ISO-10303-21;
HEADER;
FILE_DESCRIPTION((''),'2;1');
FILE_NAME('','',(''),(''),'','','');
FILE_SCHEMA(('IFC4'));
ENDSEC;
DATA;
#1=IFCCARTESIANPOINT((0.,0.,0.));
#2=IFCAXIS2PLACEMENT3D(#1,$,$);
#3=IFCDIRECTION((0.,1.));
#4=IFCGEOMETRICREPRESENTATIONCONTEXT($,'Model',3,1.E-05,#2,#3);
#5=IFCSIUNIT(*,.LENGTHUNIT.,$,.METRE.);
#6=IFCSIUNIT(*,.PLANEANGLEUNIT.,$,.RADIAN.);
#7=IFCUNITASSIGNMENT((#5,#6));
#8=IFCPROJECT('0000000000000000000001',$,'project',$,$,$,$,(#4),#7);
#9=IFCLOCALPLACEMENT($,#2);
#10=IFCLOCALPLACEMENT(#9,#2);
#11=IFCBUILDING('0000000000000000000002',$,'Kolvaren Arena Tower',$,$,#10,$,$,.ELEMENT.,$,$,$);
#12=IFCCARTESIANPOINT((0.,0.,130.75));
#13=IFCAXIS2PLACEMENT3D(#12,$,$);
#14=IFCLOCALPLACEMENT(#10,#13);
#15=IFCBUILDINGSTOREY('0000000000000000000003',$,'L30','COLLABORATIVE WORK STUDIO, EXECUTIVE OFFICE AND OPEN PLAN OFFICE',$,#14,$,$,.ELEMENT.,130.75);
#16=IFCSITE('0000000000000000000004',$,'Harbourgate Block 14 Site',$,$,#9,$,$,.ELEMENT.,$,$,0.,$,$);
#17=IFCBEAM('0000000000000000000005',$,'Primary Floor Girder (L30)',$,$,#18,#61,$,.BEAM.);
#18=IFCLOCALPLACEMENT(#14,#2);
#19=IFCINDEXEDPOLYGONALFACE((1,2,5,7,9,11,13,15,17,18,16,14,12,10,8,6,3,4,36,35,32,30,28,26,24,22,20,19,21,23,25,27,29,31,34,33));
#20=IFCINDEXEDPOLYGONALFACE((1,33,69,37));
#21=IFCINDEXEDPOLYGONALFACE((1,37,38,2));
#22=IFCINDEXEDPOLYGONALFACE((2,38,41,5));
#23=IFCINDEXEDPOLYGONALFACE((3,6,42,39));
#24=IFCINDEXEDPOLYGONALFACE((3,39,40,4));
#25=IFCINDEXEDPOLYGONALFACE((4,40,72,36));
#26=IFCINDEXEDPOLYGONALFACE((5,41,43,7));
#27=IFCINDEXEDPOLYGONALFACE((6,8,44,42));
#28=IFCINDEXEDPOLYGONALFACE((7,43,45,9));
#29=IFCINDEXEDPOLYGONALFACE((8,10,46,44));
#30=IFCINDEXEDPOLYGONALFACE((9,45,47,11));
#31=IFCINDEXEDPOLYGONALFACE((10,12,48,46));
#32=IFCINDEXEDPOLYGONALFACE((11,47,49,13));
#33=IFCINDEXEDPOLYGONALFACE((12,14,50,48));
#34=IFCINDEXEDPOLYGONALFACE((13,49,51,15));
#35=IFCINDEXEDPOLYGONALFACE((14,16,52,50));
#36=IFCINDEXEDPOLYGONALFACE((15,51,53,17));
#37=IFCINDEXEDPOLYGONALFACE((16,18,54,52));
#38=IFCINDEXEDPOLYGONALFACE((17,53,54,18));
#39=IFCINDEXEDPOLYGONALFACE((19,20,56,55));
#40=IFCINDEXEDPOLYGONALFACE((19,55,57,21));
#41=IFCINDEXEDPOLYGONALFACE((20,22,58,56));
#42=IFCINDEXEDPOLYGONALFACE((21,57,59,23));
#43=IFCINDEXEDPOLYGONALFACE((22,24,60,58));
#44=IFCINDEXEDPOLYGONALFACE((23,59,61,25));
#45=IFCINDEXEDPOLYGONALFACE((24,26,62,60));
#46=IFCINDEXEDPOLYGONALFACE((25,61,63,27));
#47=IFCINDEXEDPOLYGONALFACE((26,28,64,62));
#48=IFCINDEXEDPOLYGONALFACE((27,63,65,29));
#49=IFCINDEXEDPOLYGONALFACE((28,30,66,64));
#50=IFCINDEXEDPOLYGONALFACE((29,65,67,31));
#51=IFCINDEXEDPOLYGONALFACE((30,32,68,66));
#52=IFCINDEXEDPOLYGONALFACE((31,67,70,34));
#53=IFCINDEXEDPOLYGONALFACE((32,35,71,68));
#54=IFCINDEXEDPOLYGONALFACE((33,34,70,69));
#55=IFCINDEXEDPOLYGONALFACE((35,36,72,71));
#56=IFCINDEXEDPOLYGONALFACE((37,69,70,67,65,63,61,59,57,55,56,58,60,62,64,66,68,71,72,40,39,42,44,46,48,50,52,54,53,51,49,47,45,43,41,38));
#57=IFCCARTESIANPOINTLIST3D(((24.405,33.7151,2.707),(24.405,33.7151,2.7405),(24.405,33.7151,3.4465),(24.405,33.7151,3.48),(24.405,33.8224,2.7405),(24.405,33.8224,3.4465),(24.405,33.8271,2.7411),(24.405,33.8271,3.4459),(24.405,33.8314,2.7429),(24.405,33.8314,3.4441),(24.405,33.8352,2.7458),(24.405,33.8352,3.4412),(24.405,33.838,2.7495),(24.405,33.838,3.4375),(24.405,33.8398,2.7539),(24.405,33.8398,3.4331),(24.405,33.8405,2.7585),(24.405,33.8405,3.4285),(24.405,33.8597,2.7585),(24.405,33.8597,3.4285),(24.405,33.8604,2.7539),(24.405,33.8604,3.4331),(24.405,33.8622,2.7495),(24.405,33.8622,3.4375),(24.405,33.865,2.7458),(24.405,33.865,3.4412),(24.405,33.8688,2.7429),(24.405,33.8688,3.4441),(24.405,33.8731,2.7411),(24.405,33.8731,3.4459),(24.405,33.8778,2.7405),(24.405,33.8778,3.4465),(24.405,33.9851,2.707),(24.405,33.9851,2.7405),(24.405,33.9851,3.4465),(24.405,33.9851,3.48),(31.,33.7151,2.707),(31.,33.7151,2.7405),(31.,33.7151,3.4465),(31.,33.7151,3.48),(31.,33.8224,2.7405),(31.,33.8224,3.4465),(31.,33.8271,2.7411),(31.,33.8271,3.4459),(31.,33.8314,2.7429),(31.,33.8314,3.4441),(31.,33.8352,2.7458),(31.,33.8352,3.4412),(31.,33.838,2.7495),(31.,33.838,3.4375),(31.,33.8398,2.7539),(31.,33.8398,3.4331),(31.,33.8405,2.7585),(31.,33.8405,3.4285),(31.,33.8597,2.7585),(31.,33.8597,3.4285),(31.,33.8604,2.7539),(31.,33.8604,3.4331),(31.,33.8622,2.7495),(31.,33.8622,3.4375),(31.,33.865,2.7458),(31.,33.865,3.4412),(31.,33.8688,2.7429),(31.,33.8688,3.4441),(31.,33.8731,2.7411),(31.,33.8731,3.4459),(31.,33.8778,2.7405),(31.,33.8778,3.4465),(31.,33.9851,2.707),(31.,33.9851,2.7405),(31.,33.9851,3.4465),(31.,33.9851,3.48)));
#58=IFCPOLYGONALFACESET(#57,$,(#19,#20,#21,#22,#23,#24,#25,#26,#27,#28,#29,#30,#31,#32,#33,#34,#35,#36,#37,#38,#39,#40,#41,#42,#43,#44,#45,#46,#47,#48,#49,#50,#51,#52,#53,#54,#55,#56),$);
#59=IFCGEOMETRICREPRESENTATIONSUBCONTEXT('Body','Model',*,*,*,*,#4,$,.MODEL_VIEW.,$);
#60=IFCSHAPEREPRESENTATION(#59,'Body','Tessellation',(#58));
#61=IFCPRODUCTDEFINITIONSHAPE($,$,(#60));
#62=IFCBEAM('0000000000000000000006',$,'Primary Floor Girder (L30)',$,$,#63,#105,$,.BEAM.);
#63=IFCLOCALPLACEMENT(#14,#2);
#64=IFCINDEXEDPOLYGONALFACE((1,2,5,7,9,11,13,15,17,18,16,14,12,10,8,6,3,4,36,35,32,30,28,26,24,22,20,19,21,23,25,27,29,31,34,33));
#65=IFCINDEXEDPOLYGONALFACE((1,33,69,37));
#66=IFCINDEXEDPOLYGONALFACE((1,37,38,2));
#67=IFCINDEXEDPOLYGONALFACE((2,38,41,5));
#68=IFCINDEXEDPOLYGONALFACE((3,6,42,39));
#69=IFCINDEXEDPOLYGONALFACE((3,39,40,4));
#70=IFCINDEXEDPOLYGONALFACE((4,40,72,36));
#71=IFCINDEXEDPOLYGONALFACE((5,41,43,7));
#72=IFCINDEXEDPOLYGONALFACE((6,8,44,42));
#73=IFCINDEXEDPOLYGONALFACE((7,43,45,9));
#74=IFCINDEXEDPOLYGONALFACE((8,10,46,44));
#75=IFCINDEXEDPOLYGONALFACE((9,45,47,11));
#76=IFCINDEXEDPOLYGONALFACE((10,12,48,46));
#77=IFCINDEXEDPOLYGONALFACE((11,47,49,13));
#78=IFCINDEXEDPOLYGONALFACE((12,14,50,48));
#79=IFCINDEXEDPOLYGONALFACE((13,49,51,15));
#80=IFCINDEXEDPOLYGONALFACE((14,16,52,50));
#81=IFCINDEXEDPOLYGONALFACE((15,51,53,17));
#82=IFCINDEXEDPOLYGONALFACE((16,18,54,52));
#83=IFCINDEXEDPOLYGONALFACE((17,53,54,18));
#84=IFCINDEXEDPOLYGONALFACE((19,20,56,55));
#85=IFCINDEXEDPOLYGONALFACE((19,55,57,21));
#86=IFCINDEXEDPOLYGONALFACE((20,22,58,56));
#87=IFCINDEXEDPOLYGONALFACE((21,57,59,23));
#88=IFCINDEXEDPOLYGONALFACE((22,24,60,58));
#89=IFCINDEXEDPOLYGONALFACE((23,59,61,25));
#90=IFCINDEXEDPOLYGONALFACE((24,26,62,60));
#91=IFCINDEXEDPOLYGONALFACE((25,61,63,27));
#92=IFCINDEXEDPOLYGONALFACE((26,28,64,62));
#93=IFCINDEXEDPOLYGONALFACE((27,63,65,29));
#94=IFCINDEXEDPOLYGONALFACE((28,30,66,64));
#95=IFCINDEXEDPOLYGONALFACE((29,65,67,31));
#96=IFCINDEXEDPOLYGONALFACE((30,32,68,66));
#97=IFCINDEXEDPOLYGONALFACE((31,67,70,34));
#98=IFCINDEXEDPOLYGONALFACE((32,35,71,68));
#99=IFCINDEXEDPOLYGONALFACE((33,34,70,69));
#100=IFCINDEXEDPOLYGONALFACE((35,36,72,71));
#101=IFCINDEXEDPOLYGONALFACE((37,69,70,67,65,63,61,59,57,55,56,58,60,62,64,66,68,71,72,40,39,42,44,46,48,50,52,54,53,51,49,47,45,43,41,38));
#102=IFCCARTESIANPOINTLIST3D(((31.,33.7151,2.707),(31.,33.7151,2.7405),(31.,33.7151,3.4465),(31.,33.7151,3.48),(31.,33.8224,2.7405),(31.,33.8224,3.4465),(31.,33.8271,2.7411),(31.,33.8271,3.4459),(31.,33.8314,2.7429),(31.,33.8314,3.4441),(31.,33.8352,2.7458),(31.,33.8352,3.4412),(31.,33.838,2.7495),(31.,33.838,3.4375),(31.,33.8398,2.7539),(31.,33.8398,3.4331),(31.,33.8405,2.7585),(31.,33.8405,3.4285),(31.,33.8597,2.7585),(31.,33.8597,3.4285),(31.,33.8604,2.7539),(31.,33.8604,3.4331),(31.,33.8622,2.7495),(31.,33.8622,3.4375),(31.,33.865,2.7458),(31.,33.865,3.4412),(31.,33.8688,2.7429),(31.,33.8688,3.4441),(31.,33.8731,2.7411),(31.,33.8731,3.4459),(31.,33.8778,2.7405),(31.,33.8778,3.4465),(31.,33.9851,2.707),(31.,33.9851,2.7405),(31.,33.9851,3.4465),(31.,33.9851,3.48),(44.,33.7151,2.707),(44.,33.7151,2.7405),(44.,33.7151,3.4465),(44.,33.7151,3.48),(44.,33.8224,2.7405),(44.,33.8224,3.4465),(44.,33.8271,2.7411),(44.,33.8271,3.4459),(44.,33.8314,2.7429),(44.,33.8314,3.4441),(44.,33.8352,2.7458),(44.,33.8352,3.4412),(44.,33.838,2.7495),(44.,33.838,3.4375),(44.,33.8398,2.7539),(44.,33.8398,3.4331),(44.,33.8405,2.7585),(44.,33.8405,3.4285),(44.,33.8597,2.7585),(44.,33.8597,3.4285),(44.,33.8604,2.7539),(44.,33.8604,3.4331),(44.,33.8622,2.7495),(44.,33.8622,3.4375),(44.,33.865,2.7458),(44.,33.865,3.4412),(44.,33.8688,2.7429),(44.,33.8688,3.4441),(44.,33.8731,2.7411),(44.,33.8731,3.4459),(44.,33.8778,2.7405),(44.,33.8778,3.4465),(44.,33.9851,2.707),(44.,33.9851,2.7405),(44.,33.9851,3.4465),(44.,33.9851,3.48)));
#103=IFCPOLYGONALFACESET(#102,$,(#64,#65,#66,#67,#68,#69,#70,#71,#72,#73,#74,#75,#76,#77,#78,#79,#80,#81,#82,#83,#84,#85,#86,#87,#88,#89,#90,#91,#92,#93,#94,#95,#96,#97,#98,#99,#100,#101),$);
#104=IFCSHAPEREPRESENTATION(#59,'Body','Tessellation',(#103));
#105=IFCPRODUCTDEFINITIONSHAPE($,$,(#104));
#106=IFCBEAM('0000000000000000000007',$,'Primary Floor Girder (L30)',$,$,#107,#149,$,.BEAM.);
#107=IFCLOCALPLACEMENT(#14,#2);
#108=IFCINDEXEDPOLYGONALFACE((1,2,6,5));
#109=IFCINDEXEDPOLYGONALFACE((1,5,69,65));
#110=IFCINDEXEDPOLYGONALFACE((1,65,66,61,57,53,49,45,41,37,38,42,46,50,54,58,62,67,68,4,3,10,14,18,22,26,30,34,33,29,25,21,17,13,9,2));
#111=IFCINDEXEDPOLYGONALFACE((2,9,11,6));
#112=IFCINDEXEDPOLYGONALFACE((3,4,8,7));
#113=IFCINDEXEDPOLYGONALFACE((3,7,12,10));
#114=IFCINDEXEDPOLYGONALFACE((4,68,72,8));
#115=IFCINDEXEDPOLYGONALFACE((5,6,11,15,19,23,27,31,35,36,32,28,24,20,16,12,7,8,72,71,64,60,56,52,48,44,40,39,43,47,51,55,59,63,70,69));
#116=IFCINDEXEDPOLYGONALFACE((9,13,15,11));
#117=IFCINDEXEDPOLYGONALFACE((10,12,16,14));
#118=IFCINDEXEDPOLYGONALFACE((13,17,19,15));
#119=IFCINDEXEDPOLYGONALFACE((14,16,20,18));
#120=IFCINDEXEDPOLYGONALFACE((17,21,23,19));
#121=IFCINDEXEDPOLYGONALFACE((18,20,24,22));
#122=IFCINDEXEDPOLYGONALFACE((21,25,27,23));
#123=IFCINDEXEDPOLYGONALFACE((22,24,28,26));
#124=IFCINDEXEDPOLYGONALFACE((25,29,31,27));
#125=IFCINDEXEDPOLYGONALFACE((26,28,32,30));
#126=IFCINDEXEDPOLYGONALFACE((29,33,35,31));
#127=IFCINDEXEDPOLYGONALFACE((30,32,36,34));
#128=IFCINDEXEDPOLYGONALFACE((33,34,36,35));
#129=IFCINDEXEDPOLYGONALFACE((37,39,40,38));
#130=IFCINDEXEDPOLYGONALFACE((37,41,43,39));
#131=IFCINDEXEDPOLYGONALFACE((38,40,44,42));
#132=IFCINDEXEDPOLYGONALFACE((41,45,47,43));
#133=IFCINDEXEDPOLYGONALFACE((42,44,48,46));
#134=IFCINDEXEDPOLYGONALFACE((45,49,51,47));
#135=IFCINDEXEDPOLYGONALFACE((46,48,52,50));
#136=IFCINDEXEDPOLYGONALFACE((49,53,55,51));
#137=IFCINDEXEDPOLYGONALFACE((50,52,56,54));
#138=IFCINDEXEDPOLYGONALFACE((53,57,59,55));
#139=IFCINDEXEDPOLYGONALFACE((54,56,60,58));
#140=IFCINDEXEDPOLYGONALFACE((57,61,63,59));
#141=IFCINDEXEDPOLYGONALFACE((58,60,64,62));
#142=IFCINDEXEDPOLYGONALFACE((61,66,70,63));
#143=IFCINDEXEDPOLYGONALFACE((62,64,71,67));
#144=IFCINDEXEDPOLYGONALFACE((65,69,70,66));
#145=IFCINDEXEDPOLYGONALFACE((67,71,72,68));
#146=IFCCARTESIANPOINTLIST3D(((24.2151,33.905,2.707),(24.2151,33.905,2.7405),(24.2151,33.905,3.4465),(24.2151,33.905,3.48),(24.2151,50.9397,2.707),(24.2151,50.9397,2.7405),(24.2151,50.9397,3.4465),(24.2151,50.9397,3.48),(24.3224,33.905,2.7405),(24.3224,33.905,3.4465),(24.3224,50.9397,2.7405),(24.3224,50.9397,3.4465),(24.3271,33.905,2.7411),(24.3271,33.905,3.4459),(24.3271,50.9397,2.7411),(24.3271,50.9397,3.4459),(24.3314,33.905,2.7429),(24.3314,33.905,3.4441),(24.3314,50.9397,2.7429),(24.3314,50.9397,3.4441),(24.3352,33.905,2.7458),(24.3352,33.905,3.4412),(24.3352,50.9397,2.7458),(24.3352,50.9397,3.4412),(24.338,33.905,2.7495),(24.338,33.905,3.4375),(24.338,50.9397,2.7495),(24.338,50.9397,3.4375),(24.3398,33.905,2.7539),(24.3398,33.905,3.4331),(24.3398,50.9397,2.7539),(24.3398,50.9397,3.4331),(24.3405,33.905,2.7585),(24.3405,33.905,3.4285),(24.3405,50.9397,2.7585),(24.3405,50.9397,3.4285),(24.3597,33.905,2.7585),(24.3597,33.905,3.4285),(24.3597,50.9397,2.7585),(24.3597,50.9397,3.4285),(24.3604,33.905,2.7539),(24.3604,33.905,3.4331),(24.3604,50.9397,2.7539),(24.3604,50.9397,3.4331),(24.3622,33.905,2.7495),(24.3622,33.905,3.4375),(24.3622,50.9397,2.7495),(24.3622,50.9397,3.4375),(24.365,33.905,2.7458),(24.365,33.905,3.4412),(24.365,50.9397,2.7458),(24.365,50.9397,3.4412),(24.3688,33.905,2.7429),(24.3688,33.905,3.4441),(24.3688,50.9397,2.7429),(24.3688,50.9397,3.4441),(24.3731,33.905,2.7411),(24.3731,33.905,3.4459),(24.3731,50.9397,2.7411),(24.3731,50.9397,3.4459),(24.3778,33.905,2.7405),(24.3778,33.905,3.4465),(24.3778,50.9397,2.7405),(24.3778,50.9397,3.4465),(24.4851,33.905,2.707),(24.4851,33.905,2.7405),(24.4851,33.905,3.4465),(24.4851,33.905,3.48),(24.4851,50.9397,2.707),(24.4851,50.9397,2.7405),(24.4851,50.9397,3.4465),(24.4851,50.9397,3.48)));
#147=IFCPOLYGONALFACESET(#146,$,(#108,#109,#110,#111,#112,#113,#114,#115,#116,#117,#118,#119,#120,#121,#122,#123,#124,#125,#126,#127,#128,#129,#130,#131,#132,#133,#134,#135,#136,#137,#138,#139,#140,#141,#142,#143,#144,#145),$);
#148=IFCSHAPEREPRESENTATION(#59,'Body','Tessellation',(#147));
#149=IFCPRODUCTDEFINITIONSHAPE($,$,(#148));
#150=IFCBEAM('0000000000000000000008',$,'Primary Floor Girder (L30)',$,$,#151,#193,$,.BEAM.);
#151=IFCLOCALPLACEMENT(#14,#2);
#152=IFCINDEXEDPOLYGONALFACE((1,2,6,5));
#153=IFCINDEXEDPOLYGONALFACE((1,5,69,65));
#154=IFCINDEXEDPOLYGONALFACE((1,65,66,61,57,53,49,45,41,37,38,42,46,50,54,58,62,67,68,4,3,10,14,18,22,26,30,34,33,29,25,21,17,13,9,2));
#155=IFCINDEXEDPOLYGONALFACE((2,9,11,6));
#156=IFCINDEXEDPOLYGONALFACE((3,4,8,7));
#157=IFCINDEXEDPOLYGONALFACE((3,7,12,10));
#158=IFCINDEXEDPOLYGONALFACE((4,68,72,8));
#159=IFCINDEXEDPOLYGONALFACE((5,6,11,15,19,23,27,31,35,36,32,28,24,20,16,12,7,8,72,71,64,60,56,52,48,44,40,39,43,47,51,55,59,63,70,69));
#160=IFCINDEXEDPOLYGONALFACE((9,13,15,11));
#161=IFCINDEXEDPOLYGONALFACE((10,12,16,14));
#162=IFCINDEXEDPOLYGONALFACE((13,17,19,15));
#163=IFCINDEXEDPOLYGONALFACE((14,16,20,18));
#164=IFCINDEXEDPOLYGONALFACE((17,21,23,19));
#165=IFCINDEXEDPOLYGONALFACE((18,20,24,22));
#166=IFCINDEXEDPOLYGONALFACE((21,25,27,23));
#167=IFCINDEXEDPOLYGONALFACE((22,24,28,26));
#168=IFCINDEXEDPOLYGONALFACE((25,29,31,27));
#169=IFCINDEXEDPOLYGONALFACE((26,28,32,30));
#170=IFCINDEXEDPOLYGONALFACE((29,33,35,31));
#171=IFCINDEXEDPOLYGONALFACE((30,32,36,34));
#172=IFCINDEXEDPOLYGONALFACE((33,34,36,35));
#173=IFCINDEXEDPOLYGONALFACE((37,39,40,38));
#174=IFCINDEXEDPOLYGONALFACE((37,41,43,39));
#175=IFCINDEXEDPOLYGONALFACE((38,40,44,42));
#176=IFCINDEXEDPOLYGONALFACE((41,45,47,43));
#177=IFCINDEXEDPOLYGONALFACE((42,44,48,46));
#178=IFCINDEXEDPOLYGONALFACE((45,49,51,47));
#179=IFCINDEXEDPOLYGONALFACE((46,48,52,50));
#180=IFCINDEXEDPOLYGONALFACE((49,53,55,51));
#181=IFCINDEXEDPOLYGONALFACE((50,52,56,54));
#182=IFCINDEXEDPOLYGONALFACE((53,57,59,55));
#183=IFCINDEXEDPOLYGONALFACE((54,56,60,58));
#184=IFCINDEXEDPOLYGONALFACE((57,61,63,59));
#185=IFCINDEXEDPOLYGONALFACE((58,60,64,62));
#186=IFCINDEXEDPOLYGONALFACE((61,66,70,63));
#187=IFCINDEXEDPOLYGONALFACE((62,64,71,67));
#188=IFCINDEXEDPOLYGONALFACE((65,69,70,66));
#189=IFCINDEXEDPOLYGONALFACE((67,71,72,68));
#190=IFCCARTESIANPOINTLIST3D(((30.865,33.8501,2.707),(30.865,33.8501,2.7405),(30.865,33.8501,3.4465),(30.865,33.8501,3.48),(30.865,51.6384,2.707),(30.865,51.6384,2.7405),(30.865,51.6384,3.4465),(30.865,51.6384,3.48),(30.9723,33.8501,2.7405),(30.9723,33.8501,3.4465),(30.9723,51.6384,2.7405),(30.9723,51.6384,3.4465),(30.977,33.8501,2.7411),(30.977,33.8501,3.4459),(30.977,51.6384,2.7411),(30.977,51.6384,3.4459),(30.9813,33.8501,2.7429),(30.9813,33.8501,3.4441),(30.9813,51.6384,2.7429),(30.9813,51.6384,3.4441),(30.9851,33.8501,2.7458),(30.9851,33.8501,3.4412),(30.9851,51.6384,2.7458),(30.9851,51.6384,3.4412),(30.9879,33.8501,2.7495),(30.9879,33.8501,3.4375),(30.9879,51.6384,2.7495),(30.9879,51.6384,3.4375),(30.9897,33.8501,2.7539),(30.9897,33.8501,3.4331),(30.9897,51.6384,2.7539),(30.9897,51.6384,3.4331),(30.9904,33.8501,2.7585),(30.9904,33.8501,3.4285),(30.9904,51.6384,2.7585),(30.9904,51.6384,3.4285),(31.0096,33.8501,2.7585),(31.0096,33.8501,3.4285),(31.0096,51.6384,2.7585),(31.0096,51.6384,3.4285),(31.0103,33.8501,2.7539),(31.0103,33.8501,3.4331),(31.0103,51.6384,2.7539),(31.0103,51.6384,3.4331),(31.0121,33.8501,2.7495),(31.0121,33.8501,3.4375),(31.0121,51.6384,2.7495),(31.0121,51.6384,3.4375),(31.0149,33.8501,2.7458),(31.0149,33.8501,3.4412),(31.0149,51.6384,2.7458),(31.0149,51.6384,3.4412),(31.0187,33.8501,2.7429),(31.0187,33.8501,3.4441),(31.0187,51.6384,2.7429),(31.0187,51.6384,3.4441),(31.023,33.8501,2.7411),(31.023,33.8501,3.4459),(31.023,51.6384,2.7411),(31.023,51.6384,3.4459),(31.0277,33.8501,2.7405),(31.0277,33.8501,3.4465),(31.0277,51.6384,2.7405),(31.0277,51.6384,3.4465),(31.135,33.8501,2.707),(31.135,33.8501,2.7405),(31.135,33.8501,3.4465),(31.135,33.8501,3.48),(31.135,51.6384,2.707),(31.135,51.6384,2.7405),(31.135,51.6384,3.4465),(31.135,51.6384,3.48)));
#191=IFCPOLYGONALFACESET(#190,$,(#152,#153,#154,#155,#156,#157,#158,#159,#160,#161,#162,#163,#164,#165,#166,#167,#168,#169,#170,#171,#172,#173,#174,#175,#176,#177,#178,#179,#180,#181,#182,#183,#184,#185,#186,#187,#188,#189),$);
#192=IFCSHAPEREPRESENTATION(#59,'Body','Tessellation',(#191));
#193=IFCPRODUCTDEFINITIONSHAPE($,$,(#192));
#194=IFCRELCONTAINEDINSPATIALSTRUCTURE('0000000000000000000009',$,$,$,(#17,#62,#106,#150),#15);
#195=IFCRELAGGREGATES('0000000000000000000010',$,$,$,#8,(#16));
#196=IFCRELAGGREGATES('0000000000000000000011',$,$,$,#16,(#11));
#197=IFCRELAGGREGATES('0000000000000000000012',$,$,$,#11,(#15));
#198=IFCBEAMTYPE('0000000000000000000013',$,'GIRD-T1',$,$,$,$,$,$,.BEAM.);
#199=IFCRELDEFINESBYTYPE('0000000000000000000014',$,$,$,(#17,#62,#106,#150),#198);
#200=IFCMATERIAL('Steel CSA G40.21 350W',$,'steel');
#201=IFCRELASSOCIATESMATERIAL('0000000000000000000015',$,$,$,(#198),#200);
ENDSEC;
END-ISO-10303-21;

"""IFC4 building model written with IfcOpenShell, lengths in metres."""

from ifc_helpers import new_model, si_unit, direction, frame, origin, origin_2d, place, context, subcontext, project, spatial, i_section, extrude, material, material_profile, profile_set, type_object, element, save


model = new_model("IFC4")

# Units and contexts
model_context = context("Model", 3, precision=1e-05, world=origin(), true_north=direction((0.0, 1.0)))
body_context = subcontext(model_context, "Body", "Model", "MODEL_VIEW")
ifc_project = project(units=[si_unit("LENGTHUNIT", "METRE"), si_unit("PLANEANGLEUNIT", "RADIAN")], contexts=[model_context])

# Site, building, storey
site_placement = place(None, origin())
site = spatial("IfcSite", under=ifc_project, at=site_placement, Name="Harbourgate Block 14 Site", CompositionType="ELEMENT", RefElevation=0.0)
building_placement = place(site_placement, origin())
building = spatial("IfcBuilding", under=site, at=building_placement, Name="Kolvaren Arena Tower", CompositionType="ELEMENT")
storey_placement = place(building_placement, frame((0.0, 0.0, 130.75)))
storey = spatial("IfcBuildingStorey", under=building, at=storey_placement, Name="L30", Description="COLLABORATIVE WORK STUDIO, EXECUTIVE OFFICE AND OPEN PLAN OFFICE", CompositionType="ELEMENT", Elevation=130.75)

# Beams
ifc_material_1 = material(Name="Steel CSA G40.21 350W", Category="steel")
ifc_material_profile_1 = material_profile(ifc_material_1, i_section(OverallWidth=0.27, OverallDepth=0.7729, WebThickness=0.0193, FlangeThickness=0.0334, FilletRadius=0.0181, at=origin_2d()), Name="W760x257")
ifc_profile_set_1 = profile_set([ifc_material_profile_1], Name="Steel CSA G40.21 350W")
beam_type_1 = type_object("IfcBeamType", Name="GIRD-T1", PredefinedType="BEAM", material=ifc_profile_set_1)
beam_1_placement = place(storey_placement, frame((24.405, 33.8501, 3.0935), z_axis=(1.0, 0.0, 0.0), x_axis=(0.0, 1.0, 0.0)))
element("IfcBeam", 1, at=beam_1_placement, inside=storey, type_object=beam_type_1, Name="Primary Floor Girder (L30)", PredefinedType="BEAM", context=body_context, shape_type="SweptSolid", body=[
    extrude(i_section(OverallWidth=0.27, OverallDepth=0.7729, WebThickness=0.0193, FlangeThickness=0.0334, FilletRadius=0.0181, at=origin_2d()), origin(), (0.0, 0.0, 1.0), 6.595),
])
beam_2_placement = place(storey_placement, frame((31.0, 33.8501, 3.0935), z_axis=(1.0, 0.0, 0.0), x_axis=(0.0, 1.0, 0.0)))
element("IfcBeam", 2, at=beam_2_placement, inside=storey, type_object=beam_type_1, Name="Primary Floor Girder (L30)", PredefinedType="BEAM", context=body_context, shape_type="SweptSolid", body=[
    extrude(i_section(OverallWidth=0.27, OverallDepth=0.7729, WebThickness=0.0193, FlangeThickness=0.0334, FilletRadius=0.0181, at=origin_2d()), origin(), (0.0, 0.0, 1.0), 13.0),
])
beam_3_placement = place(storey_placement, frame((24.3501, 33.905, 3.0935), z_axis=(0.0, 1.0, 0.0), x_axis=(-1.0, 0.0, 0.0)))
element("IfcBeam", 3, at=beam_3_placement, inside=storey, type_object=beam_type_1, Name="Primary Floor Girder (L30)", PredefinedType="BEAM", context=body_context, shape_type="SweptSolid", body=[
    extrude(i_section(OverallWidth=0.27, OverallDepth=0.7729, WebThickness=0.0193, FlangeThickness=0.0334, FilletRadius=0.0181, at=origin_2d()), origin(), (0.0, 0.0, 1.0), 17.0347),
])
beam_4_placement = place(storey_placement, frame((31.0, 33.8501, 3.0935), z_axis=(0.0, 1.0, 0.0), x_axis=(-1.0, 0.0, 0.0)))
element("IfcBeam", 4, at=beam_4_placement, inside=storey, type_object=beam_type_1, Name="Primary Floor Girder (L30)", PredefinedType="BEAM", context=body_context, shape_type="SweptSolid", body=[
    extrude(i_section(OverallWidth=0.27, OverallDepth=0.7729, WebThickness=0.0193, FlangeThickness=0.0334, FilletRadius=0.0181, at=origin_2d()), origin(), (0.0, 0.0, 1.0), 17.7883),
])

save(model, "model.ifc")
